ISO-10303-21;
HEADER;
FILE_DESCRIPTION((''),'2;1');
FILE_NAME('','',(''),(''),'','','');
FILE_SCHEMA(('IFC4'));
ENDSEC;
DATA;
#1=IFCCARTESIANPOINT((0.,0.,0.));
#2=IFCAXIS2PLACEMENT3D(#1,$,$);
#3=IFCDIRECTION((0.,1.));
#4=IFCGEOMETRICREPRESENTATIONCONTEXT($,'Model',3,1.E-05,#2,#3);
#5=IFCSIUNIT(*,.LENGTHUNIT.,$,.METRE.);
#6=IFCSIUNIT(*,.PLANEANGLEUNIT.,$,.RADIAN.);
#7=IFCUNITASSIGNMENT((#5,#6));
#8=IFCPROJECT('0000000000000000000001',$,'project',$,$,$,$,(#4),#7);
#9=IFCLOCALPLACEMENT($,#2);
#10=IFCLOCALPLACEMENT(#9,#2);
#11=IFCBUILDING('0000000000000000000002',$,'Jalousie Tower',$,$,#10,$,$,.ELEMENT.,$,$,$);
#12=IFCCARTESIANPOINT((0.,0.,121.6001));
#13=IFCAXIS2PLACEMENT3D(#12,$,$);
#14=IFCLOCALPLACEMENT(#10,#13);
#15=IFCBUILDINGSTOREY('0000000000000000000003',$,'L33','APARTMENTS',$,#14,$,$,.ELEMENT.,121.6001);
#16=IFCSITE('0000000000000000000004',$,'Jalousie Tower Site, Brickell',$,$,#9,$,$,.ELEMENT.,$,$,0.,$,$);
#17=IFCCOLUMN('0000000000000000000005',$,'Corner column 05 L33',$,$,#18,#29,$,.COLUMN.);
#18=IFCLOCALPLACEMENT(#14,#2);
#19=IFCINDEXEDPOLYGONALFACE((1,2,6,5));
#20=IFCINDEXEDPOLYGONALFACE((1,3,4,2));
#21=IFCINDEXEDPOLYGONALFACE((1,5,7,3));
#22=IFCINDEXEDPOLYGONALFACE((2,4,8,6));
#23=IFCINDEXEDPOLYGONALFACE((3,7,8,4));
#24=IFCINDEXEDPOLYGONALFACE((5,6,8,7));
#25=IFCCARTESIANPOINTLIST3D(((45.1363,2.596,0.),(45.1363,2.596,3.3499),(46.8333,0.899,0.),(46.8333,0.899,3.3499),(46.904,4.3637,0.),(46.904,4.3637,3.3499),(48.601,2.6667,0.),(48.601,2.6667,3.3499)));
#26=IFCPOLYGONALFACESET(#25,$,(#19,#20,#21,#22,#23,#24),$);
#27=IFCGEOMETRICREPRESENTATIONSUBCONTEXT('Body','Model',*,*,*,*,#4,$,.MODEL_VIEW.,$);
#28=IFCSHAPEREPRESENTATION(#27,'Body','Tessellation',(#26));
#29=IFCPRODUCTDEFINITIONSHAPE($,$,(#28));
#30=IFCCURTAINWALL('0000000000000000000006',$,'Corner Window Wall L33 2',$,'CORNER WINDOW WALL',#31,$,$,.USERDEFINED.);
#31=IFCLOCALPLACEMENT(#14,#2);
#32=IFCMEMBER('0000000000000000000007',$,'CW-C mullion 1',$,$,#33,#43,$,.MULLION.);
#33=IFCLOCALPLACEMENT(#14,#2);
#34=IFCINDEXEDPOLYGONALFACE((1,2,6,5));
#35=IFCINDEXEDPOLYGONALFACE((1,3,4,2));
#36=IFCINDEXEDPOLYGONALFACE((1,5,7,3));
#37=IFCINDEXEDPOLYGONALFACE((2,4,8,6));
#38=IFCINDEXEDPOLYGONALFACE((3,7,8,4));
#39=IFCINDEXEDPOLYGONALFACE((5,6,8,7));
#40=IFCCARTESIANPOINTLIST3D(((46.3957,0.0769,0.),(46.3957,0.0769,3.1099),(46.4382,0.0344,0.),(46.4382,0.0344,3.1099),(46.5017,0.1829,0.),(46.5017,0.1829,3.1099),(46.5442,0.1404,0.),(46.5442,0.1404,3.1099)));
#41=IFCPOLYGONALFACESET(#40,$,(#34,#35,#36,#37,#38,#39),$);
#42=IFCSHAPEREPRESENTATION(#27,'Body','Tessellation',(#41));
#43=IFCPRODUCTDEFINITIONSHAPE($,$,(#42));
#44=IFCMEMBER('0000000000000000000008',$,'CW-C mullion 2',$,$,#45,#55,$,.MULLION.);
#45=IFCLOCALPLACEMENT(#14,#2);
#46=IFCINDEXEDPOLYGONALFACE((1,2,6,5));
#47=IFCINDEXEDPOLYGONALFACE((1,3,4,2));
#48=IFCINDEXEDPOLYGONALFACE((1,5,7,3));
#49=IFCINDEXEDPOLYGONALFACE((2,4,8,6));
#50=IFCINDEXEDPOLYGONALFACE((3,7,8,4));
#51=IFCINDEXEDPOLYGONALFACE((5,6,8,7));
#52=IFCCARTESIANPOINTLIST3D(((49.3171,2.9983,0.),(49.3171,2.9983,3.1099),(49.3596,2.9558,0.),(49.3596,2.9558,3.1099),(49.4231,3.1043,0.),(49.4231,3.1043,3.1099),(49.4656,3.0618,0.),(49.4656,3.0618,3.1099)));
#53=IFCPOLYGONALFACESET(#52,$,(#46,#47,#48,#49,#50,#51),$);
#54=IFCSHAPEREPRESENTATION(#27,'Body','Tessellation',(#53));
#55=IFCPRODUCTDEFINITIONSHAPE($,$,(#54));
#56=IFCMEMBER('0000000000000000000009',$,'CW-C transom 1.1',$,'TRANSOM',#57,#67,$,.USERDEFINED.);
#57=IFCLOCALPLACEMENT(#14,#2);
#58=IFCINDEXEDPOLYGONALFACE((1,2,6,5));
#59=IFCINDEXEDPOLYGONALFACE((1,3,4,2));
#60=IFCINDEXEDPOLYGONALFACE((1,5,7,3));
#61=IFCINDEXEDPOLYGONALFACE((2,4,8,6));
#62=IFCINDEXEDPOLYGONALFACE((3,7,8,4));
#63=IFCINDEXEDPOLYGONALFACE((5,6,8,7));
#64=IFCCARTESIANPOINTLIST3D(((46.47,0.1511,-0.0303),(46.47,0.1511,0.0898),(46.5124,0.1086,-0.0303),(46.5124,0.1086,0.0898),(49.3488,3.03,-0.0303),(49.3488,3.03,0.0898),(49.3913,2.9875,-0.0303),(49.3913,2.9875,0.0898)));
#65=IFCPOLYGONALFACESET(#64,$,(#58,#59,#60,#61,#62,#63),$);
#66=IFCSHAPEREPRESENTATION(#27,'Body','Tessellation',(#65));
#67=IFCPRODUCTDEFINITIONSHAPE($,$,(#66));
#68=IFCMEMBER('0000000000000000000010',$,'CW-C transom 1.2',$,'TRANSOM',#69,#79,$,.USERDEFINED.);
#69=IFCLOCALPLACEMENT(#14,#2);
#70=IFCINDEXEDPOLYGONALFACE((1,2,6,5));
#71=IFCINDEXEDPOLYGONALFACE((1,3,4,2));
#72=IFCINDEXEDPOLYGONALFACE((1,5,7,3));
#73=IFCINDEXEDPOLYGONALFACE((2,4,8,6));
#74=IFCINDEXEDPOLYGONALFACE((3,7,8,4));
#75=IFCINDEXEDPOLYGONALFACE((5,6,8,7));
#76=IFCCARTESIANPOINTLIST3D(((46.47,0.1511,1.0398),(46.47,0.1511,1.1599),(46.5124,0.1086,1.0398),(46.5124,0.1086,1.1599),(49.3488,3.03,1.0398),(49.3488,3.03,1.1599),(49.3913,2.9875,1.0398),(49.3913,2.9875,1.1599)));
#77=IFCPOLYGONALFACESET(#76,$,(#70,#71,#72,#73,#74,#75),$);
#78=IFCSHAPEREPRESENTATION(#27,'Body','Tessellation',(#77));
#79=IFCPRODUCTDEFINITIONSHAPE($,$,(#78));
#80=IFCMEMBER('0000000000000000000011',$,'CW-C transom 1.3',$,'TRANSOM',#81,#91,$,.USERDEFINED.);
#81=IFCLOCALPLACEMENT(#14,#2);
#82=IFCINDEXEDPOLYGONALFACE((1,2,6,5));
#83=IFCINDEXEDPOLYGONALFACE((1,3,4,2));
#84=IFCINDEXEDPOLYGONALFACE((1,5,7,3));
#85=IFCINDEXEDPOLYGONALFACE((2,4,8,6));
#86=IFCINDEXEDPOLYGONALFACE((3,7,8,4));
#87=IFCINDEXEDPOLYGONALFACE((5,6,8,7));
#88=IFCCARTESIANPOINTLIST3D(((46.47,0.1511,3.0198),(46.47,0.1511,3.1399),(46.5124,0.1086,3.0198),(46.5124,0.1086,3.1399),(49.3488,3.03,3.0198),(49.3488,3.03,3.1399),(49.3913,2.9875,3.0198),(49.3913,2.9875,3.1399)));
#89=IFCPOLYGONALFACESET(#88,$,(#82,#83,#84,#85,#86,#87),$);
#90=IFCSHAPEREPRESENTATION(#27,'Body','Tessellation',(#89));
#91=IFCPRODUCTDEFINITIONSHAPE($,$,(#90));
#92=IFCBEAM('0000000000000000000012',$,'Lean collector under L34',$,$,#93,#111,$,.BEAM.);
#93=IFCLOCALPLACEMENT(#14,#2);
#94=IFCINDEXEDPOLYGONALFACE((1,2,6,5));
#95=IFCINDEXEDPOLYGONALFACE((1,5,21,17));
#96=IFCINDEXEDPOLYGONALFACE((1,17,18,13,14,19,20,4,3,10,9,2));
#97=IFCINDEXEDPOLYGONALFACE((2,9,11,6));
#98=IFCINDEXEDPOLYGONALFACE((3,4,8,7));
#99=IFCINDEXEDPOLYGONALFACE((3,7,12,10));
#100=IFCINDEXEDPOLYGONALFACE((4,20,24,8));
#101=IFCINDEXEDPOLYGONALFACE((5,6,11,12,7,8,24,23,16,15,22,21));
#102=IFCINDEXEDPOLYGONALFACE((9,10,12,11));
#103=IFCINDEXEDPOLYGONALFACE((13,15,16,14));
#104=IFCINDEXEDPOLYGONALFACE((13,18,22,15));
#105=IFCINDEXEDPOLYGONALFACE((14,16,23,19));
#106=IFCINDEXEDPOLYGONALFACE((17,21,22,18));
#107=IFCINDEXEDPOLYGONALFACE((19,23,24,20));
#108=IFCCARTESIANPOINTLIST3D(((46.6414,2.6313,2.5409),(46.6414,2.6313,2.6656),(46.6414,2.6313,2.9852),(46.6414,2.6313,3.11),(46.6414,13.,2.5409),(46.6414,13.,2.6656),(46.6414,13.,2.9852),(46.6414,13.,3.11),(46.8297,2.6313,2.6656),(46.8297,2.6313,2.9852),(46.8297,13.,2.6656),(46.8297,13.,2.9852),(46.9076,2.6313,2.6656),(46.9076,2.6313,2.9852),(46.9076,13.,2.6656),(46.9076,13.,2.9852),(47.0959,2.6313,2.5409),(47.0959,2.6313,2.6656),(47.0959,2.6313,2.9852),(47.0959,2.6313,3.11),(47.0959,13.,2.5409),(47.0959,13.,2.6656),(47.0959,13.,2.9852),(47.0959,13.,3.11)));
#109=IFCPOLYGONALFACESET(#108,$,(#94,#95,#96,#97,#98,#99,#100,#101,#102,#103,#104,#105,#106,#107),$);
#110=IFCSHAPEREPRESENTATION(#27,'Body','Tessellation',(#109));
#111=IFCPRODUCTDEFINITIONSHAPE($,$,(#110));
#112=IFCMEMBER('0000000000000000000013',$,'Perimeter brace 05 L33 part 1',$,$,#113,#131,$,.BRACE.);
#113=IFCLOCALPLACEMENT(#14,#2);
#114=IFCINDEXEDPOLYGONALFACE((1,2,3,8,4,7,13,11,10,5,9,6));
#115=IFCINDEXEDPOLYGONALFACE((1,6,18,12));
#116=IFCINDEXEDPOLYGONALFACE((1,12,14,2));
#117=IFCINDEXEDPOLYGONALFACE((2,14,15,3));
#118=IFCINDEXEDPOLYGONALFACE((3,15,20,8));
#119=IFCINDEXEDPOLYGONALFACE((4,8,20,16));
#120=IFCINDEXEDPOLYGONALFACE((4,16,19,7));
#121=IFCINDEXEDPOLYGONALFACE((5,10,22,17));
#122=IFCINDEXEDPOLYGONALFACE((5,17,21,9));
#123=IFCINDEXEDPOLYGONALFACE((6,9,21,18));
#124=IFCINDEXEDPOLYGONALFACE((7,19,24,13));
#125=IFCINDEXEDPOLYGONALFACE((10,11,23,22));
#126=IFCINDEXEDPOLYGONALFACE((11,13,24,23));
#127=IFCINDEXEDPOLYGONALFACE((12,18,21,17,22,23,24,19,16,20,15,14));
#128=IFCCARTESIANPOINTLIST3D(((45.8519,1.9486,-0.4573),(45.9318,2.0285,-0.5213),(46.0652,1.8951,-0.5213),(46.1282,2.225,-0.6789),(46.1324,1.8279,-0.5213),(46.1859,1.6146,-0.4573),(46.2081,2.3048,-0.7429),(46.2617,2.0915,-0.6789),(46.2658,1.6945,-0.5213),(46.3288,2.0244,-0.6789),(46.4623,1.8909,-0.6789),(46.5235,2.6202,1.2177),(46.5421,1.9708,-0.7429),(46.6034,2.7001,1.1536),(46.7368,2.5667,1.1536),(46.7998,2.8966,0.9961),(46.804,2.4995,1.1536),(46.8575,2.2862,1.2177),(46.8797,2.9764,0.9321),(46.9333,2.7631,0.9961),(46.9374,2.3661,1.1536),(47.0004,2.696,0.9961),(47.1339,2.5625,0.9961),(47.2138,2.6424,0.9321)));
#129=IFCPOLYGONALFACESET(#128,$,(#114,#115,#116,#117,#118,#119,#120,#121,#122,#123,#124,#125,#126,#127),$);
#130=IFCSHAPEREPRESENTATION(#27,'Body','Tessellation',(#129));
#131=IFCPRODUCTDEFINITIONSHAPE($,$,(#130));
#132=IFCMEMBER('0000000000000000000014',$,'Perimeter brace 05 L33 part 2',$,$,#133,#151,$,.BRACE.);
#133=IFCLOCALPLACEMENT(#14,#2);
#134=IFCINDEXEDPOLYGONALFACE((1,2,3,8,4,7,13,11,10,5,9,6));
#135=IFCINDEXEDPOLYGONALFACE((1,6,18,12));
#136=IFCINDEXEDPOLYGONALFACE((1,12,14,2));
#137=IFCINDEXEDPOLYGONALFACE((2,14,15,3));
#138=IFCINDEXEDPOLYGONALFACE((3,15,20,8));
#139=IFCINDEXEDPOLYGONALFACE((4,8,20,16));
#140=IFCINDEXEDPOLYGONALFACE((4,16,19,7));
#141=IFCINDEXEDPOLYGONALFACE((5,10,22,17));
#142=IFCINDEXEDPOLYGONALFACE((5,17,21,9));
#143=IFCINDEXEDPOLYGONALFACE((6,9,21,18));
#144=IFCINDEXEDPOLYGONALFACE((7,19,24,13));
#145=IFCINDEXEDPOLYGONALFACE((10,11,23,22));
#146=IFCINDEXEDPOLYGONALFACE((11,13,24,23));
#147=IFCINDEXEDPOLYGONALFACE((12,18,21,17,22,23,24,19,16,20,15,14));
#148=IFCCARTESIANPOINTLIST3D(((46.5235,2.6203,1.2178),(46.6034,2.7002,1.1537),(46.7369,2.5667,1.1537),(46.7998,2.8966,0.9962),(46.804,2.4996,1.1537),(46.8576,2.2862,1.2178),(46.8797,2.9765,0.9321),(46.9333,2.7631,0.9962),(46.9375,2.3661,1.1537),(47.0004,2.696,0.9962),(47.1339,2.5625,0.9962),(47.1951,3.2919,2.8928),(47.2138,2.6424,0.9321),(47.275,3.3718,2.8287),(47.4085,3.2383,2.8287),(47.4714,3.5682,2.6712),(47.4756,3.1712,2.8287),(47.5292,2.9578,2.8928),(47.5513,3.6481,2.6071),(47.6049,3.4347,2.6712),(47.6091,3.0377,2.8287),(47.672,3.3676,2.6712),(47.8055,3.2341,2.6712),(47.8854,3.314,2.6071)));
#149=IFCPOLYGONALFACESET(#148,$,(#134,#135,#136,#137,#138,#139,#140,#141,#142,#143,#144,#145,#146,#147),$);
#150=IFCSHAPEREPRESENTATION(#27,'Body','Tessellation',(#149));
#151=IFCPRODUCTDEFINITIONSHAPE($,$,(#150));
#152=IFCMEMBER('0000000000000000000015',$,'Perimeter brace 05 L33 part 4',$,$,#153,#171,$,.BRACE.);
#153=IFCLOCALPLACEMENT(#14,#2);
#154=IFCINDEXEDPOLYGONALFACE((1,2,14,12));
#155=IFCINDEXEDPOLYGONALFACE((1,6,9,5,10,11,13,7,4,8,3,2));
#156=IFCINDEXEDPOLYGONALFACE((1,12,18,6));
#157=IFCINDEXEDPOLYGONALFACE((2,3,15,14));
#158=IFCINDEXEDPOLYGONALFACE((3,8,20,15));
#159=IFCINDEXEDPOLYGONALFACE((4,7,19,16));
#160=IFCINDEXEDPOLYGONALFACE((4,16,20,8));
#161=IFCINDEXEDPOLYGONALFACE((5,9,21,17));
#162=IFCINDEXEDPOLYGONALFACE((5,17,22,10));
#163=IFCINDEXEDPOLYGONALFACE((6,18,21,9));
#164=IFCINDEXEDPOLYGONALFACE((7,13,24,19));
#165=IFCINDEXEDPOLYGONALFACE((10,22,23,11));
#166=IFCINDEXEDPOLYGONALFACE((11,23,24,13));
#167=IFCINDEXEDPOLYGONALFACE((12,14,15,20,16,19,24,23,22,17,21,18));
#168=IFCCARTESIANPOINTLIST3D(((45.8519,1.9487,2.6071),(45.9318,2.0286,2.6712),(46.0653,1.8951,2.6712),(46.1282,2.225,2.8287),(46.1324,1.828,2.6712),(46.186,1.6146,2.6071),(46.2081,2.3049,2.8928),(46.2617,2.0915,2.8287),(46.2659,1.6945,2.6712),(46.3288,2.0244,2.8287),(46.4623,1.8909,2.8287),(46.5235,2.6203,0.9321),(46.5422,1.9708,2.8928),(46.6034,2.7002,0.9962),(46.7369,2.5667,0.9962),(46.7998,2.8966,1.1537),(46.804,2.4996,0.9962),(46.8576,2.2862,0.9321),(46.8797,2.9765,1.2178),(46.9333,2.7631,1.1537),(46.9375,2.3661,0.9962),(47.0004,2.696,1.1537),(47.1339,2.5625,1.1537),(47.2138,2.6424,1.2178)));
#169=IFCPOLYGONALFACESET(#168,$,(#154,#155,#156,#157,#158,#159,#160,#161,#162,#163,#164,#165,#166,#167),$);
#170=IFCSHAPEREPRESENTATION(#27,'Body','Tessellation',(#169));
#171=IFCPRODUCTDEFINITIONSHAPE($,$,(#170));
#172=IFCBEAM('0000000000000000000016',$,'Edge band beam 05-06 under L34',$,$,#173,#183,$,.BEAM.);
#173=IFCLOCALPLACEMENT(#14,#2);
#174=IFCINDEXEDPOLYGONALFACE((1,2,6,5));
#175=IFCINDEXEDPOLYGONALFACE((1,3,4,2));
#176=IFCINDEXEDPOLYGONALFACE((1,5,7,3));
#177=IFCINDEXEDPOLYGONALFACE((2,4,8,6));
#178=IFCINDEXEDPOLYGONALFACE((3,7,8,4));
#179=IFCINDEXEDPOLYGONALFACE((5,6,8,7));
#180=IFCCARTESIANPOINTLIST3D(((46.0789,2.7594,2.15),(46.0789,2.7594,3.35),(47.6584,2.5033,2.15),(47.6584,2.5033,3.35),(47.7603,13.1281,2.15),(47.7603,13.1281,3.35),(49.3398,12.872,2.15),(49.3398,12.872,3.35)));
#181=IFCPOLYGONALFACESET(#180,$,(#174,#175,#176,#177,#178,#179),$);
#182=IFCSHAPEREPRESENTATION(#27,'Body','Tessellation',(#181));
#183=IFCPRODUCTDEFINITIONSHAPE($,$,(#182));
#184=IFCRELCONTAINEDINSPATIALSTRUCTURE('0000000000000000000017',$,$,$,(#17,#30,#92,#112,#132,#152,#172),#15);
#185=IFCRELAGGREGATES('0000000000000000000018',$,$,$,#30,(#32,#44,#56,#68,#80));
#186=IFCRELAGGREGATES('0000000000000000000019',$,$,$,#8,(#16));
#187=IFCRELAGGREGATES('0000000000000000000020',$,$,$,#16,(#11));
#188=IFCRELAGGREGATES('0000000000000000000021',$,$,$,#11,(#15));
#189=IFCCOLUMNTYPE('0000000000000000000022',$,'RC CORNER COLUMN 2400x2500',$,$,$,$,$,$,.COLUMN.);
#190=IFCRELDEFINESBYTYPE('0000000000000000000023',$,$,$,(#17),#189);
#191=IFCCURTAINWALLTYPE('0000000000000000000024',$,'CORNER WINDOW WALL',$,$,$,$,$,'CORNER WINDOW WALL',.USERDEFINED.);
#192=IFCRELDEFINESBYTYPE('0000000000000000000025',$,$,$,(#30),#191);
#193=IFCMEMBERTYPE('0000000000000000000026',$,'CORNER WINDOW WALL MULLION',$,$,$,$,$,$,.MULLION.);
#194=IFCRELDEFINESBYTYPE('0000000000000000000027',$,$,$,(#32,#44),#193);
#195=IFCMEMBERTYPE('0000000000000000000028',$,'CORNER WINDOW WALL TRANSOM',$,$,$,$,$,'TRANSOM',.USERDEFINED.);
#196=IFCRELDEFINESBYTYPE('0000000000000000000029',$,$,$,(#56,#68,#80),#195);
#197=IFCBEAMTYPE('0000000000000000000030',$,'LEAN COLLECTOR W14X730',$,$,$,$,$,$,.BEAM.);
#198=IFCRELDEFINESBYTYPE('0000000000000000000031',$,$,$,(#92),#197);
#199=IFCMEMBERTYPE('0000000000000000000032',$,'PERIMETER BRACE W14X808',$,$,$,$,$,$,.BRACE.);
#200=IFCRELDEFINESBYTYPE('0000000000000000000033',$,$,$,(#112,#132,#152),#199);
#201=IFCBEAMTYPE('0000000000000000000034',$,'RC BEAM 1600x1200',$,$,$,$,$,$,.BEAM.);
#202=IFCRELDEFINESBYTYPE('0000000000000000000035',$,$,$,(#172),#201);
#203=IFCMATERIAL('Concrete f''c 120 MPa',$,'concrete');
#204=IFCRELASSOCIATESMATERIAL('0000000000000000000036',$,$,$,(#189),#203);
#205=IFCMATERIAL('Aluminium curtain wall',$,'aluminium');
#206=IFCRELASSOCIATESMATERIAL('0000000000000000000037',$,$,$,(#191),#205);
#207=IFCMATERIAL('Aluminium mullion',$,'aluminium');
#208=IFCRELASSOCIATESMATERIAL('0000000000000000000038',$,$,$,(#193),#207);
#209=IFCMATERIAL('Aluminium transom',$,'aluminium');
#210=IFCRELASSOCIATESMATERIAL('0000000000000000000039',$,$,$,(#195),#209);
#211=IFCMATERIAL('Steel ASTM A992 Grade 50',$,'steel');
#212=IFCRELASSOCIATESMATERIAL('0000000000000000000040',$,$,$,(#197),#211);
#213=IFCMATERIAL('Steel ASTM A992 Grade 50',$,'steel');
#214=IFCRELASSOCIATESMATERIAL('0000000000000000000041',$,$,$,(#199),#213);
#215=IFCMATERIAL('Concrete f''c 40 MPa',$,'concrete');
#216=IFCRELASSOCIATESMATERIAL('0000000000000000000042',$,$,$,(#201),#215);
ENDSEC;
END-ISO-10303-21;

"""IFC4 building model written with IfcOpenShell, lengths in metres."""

from ifc_helpers import new_model, si_unit, direction, frame, origin, origin_2d, place, context, subcontext, project, spatial, rectangle, i_section, extrude, material, material_profile, profile_set, type_object, element, aggregate, save


model = new_model("IFC4")

# Units and contexts
model_context = context("Model", 3, precision=1e-05, world=origin(), true_north=direction((0.0, 1.0)))
body_context = subcontext(model_context, "Body", "Model", "MODEL_VIEW")
ifc_project = project(units=[si_unit("LENGTHUNIT", "METRE"), si_unit("PLANEANGLEUNIT", "RADIAN")], contexts=[model_context])

# Site, building, storey
site_placement = place(None, origin())
site = spatial("IfcSite", under=ifc_project, at=site_placement, Name="Jalousie Tower Site, Brickell", CompositionType="ELEMENT", RefElevation=0.0)
building_placement = place(site_placement, origin())
building = spatial("IfcBuilding", under=site, at=building_placement, Name="Jalousie Tower", CompositionType="ELEMENT")
storey_placement = place(building_placement, frame((0.0, 0.0, 121.6001)))
storey = spatial("IfcBuildingStorey", under=building, at=storey_placement, Name="L33", Description="APARTMENTS", CompositionType="ELEMENT", Elevation=121.6001)

# Column
ifc_material_1 = material(Name="Concrete f'c 120 MPa", Category="concrete")
ifc_material_profile_1 = material_profile(ifc_material_1, rectangle(XDim=2.3999, YDim=2.5, at=origin_2d()), Name="RC 2400x2500")
ifc_profile_set_1 = profile_set([ifc_material_profile_1], Name="Concrete f'c 120 MPa")
column_type = type_object("IfcColumnType", Name="RC CORNER COLUMN 2400x2500", PredefinedType="COLUMN", material=ifc_profile_set_1)
column_placement = place(storey_placement, frame((46.8687, 2.6313, 0.0), z_axis=(0.0, 0.0, 1.0), x_axis=(-0.707107, 0.707107, 0.0)))
element("IfcColumn", 1, at=column_placement, inside=storey, type_object=column_type, Name="Corner column 05 L33", PredefinedType="COLUMN", context=body_context, shape_type="SweptSolid", body=[
    extrude(rectangle(XDim=2.3999, YDim=2.5, at=origin_2d()), origin(), (0.0, 0.0, 1.0), 3.3499),
])

# Curtain wall, members
ifc_material_2 = material(Name="Aluminium curtain wall", Category="aluminium")
curtain_wall_type_1 = type_object("IfcCurtainWallType", Name="CORNER WINDOW WALL", ElementType="CORNER WINDOW WALL", PredefinedType="USERDEFINED", material=ifc_material_2)
curtain_wall_1_placement = place(storey_placement, origin())
curtain_wall_1 = element("IfcCurtainWall", 2, at=curtain_wall_1_placement, inside=storey, type_object=curtain_wall_type_1, Name="Corner Window Wall L33 2", ObjectType="CORNER WINDOW WALL", PredefinedType="USERDEFINED")
ifc_material_3 = material(Name="Aluminium mullion", Category="aluminium")
ifc_material_profile_2 = material_profile(ifc_material_3, rectangle(XDim=0.0601, YDim=0.1499, at=origin_2d()), Name="MULLION 60x150")
ifc_profile_set_2 = profile_set([ifc_material_profile_2], Name="Aluminium mullion")
member_type_1 = type_object("IfcMemberType", Name="CORNER WINDOW WALL MULLION", PredefinedType="MULLION", material=ifc_profile_set_2)
member_1_placement = place(storey_placement, frame((46.47, 0.1086, 0.0), z_axis=(0.0, 0.0, 1.0), x_axis=(-0.707107, 0.707107, 0.0)))
member_1 = element("IfcMember", 3, at=member_1_placement, type_object=member_type_1, Name="CW-C mullion 1", PredefinedType="MULLION", context=body_context, shape_type="SweptSolid", body=[
    extrude(rectangle(XDim=0.0601, YDim=0.1499, at=origin_2d()), origin(), (0.0, 0.0, 1.0), 3.1099),
])
member_2_placement = place(storey_placement, frame((49.3914, 3.03, 0.0), z_axis=(0.0, 0.0, 1.0), x_axis=(-0.707107, 0.707107, 0.0)))
member_2 = element("IfcMember", 4, at=member_2_placement, type_object=member_type_1, Name="CW-C mullion 2", PredefinedType="MULLION", context=body_context, shape_type="SweptSolid", body=[
    extrude(rectangle(XDim=0.0601, YDim=0.1499, at=origin_2d()), origin(), (0.0, 0.0, 1.0), 3.1099),
])
ifc_material_4 = material(Name="Aluminium transom", Category="aluminium")
ifc_material_profile_3 = material_profile(ifc_material_4, rectangle(XDim=0.0601, YDim=0.1201, at=origin_2d()), Name="TRANSOM 60x120")
ifc_profile_set_3 = profile_set([ifc_material_profile_3], Name="Aluminium transom")
member_type_2 = type_object("IfcMemberType", Name="CORNER WINDOW WALL TRANSOM", ElementType="TRANSOM", PredefinedType="USERDEFINED", material=ifc_profile_set_3)
member_3_placement = place(storey_placement, frame((46.4912, 0.1299, 0.0298), z_axis=(0.707107, 0.707107, 0.0), x_axis=(-0.707107, 0.707107, 0.0)))
member_3 = element("IfcMember", 5, at=member_3_placement, type_object=member_type_2, Name="CW-C transom 1.1", ObjectType="TRANSOM", PredefinedType="USERDEFINED", context=body_context, shape_type="SweptSolid", body=[
    extrude(rectangle(XDim=0.0601, YDim=0.1201, at=origin_2d()), origin(), (0.0, 0.0, 1.0), 4.0713),
])
member_4_placement = place(storey_placement, frame((46.4912, 0.1299, 1.0999), z_axis=(0.707107, 0.707107, 0.0), x_axis=(-0.707107, 0.707107, 0.0)))
member_4 = element("IfcMember", 6, at=member_4_placement, type_object=member_type_2, Name="CW-C transom 1.2", ObjectType="TRANSOM", PredefinedType="USERDEFINED", context=body_context, shape_type="SweptSolid", body=[
    extrude(rectangle(XDim=0.0601, YDim=0.1201, at=origin_2d()), origin(), (0.0, 0.0, 1.0), 4.0713),
])
member_5_placement = place(storey_placement, frame((46.4912, 0.1299, 3.0798), z_axis=(0.707107, 0.707107, 0.0), x_axis=(-0.707107, 0.707107, 0.0)))
member_5 = element("IfcMember", 7, at=member_5_placement, type_object=member_type_2, Name="CW-C transom 1.3", ObjectType="TRANSOM", PredefinedType="USERDEFINED", context=body_context, shape_type="SweptSolid", body=[
    extrude(rectangle(XDim=0.0601, YDim=0.1201, at=origin_2d()), origin(), (0.0, 0.0, 1.0), 4.0713),
])

# Beam
ifc_material_5 = material(Name="Steel ASTM A992 Grade 50", Category="steel")
ifc_material_profile_4 = material_profile(ifc_material_5, i_section(OverallWidth=0.4546, OverallDepth=0.5691, WebThickness=0.0779, FlangeThickness=0.1248, at=origin_2d()), Name="W14X730")
ifc_profile_set_4 = profile_set([ifc_material_profile_4], Name="Steel ASTM A992 Grade 50")
beam_type_1 = type_object("IfcBeamType", Name="LEAN COLLECTOR W14X730", PredefinedType="BEAM", material=ifc_profile_set_4)
beam_1_placement = place(storey_placement, frame((46.8687, 2.6313, 2.8254), z_axis=(0.0, 1.0, 0.0), x_axis=(-1.0, 0.0, 0.0)))
element("IfcBeam", 8, at=beam_1_placement, inside=storey, type_object=beam_type_1, Name="Lean collector under L34", PredefinedType="BEAM", context=body_context, shape_type="SweptSolid", body=[
    extrude(i_section(OverallWidth=0.4546, OverallDepth=0.5691, WebThickness=0.0779, FlangeThickness=0.1248, at=origin_2d()), origin(), (0.0, 0.0, 1.0), 10.3687),
])

# Members
ifc_material_6 = material(Name="Steel ASTM A992 Grade 50", Category="steel")
ifc_material_profile_5 = material_profile(ifc_material_6, i_section(OverallWidth=0.4724, OverallDepth=0.5791, WebThickness=0.095, FlangeThickness=0.1299, at=origin_2d()), Name="W14X808")
ifc_profile_set_5 = profile_set([ifc_material_profile_5], Name="Steel ASTM A992 Grade 50")
member_type_3 = type_object("IfcMemberType", Name="PERIMETER BRACE W14X808", PredefinedType="BRACE", material=ifc_profile_set_5)
for number, where, z_axis, x_axis, name in (
    (9, (46.197, 1.9597, -0.6001), (0.348789, 0.348789, 0.869881), (-0.707107, 0.707107, 0.0), "Perimeter brace 05 L33 part 1"),
    (10, (46.8687, 2.6313, 1.075), (0.348789, 0.348789, 0.869881), (-0.707107, 0.707107, 0.0), "Perimeter brace 05 L33 part 2"),
    (11, (46.8687, 2.6313, 1.075), (-0.348789, -0.348789, 0.869881), (0.707107, -0.707107, 0.0), "Perimeter brace 05 L33 part 4"),
):
    element("IfcMember", number, at=place(storey_placement, frame(where, z_axis=z_axis, x_axis=x_axis)), inside=storey, type_object=member_type_3, Name=name, PredefinedType="BRACE", context=body_context, shape_type="SweptSolid", body=[
        extrude(i_section(OverallWidth=0.4724, OverallDepth=0.5791, WebThickness=0.095, FlangeThickness=0.1299, at=origin_2d()), origin(), (0.0, 0.0, 1.0), 1.9255),
    ])

# Beam
ifc_material_7 = material(Name="Concrete f'c 40 MPa", Category="concrete")
ifc_material_profile_6 = material_profile(ifc_material_7, rectangle(XDim=1.6001, YDim=1.2, at=origin_2d()), Name="RC 1600x1200")
ifc_profile_set_6 = profile_set([ifc_material_profile_6], Name="Concrete f'c 40 MPa")
beam_type_2 = type_object("IfcBeamType", Name="RC BEAM 1600x1200", PredefinedType="BEAM", material=ifc_profile_set_6)
beam_2_placement = place(storey_placement, frame((46.8687, 2.6313, 2.75), z_axis=(0.160071, 0.987106, 0.0), x_axis=(-0.987106, 0.160071, 0.0)))
element("IfcBeam", 12, at=beam_2_placement, inside=storey, type_object=beam_type_2, Name="Edge band beam 05-06 under L34", PredefinedType="BEAM", context=body_context, shape_type="SweptSolid", body=[
    extrude(rectangle(XDim=1.6001, YDim=1.2, at=origin_2d()), origin(), (0.0, 0.0, 1.0), 10.5042),
])

aggregate(curtain_wall_1, [member_1, member_2, member_3, member_4, member_5])

save(model, "model.ifc")
